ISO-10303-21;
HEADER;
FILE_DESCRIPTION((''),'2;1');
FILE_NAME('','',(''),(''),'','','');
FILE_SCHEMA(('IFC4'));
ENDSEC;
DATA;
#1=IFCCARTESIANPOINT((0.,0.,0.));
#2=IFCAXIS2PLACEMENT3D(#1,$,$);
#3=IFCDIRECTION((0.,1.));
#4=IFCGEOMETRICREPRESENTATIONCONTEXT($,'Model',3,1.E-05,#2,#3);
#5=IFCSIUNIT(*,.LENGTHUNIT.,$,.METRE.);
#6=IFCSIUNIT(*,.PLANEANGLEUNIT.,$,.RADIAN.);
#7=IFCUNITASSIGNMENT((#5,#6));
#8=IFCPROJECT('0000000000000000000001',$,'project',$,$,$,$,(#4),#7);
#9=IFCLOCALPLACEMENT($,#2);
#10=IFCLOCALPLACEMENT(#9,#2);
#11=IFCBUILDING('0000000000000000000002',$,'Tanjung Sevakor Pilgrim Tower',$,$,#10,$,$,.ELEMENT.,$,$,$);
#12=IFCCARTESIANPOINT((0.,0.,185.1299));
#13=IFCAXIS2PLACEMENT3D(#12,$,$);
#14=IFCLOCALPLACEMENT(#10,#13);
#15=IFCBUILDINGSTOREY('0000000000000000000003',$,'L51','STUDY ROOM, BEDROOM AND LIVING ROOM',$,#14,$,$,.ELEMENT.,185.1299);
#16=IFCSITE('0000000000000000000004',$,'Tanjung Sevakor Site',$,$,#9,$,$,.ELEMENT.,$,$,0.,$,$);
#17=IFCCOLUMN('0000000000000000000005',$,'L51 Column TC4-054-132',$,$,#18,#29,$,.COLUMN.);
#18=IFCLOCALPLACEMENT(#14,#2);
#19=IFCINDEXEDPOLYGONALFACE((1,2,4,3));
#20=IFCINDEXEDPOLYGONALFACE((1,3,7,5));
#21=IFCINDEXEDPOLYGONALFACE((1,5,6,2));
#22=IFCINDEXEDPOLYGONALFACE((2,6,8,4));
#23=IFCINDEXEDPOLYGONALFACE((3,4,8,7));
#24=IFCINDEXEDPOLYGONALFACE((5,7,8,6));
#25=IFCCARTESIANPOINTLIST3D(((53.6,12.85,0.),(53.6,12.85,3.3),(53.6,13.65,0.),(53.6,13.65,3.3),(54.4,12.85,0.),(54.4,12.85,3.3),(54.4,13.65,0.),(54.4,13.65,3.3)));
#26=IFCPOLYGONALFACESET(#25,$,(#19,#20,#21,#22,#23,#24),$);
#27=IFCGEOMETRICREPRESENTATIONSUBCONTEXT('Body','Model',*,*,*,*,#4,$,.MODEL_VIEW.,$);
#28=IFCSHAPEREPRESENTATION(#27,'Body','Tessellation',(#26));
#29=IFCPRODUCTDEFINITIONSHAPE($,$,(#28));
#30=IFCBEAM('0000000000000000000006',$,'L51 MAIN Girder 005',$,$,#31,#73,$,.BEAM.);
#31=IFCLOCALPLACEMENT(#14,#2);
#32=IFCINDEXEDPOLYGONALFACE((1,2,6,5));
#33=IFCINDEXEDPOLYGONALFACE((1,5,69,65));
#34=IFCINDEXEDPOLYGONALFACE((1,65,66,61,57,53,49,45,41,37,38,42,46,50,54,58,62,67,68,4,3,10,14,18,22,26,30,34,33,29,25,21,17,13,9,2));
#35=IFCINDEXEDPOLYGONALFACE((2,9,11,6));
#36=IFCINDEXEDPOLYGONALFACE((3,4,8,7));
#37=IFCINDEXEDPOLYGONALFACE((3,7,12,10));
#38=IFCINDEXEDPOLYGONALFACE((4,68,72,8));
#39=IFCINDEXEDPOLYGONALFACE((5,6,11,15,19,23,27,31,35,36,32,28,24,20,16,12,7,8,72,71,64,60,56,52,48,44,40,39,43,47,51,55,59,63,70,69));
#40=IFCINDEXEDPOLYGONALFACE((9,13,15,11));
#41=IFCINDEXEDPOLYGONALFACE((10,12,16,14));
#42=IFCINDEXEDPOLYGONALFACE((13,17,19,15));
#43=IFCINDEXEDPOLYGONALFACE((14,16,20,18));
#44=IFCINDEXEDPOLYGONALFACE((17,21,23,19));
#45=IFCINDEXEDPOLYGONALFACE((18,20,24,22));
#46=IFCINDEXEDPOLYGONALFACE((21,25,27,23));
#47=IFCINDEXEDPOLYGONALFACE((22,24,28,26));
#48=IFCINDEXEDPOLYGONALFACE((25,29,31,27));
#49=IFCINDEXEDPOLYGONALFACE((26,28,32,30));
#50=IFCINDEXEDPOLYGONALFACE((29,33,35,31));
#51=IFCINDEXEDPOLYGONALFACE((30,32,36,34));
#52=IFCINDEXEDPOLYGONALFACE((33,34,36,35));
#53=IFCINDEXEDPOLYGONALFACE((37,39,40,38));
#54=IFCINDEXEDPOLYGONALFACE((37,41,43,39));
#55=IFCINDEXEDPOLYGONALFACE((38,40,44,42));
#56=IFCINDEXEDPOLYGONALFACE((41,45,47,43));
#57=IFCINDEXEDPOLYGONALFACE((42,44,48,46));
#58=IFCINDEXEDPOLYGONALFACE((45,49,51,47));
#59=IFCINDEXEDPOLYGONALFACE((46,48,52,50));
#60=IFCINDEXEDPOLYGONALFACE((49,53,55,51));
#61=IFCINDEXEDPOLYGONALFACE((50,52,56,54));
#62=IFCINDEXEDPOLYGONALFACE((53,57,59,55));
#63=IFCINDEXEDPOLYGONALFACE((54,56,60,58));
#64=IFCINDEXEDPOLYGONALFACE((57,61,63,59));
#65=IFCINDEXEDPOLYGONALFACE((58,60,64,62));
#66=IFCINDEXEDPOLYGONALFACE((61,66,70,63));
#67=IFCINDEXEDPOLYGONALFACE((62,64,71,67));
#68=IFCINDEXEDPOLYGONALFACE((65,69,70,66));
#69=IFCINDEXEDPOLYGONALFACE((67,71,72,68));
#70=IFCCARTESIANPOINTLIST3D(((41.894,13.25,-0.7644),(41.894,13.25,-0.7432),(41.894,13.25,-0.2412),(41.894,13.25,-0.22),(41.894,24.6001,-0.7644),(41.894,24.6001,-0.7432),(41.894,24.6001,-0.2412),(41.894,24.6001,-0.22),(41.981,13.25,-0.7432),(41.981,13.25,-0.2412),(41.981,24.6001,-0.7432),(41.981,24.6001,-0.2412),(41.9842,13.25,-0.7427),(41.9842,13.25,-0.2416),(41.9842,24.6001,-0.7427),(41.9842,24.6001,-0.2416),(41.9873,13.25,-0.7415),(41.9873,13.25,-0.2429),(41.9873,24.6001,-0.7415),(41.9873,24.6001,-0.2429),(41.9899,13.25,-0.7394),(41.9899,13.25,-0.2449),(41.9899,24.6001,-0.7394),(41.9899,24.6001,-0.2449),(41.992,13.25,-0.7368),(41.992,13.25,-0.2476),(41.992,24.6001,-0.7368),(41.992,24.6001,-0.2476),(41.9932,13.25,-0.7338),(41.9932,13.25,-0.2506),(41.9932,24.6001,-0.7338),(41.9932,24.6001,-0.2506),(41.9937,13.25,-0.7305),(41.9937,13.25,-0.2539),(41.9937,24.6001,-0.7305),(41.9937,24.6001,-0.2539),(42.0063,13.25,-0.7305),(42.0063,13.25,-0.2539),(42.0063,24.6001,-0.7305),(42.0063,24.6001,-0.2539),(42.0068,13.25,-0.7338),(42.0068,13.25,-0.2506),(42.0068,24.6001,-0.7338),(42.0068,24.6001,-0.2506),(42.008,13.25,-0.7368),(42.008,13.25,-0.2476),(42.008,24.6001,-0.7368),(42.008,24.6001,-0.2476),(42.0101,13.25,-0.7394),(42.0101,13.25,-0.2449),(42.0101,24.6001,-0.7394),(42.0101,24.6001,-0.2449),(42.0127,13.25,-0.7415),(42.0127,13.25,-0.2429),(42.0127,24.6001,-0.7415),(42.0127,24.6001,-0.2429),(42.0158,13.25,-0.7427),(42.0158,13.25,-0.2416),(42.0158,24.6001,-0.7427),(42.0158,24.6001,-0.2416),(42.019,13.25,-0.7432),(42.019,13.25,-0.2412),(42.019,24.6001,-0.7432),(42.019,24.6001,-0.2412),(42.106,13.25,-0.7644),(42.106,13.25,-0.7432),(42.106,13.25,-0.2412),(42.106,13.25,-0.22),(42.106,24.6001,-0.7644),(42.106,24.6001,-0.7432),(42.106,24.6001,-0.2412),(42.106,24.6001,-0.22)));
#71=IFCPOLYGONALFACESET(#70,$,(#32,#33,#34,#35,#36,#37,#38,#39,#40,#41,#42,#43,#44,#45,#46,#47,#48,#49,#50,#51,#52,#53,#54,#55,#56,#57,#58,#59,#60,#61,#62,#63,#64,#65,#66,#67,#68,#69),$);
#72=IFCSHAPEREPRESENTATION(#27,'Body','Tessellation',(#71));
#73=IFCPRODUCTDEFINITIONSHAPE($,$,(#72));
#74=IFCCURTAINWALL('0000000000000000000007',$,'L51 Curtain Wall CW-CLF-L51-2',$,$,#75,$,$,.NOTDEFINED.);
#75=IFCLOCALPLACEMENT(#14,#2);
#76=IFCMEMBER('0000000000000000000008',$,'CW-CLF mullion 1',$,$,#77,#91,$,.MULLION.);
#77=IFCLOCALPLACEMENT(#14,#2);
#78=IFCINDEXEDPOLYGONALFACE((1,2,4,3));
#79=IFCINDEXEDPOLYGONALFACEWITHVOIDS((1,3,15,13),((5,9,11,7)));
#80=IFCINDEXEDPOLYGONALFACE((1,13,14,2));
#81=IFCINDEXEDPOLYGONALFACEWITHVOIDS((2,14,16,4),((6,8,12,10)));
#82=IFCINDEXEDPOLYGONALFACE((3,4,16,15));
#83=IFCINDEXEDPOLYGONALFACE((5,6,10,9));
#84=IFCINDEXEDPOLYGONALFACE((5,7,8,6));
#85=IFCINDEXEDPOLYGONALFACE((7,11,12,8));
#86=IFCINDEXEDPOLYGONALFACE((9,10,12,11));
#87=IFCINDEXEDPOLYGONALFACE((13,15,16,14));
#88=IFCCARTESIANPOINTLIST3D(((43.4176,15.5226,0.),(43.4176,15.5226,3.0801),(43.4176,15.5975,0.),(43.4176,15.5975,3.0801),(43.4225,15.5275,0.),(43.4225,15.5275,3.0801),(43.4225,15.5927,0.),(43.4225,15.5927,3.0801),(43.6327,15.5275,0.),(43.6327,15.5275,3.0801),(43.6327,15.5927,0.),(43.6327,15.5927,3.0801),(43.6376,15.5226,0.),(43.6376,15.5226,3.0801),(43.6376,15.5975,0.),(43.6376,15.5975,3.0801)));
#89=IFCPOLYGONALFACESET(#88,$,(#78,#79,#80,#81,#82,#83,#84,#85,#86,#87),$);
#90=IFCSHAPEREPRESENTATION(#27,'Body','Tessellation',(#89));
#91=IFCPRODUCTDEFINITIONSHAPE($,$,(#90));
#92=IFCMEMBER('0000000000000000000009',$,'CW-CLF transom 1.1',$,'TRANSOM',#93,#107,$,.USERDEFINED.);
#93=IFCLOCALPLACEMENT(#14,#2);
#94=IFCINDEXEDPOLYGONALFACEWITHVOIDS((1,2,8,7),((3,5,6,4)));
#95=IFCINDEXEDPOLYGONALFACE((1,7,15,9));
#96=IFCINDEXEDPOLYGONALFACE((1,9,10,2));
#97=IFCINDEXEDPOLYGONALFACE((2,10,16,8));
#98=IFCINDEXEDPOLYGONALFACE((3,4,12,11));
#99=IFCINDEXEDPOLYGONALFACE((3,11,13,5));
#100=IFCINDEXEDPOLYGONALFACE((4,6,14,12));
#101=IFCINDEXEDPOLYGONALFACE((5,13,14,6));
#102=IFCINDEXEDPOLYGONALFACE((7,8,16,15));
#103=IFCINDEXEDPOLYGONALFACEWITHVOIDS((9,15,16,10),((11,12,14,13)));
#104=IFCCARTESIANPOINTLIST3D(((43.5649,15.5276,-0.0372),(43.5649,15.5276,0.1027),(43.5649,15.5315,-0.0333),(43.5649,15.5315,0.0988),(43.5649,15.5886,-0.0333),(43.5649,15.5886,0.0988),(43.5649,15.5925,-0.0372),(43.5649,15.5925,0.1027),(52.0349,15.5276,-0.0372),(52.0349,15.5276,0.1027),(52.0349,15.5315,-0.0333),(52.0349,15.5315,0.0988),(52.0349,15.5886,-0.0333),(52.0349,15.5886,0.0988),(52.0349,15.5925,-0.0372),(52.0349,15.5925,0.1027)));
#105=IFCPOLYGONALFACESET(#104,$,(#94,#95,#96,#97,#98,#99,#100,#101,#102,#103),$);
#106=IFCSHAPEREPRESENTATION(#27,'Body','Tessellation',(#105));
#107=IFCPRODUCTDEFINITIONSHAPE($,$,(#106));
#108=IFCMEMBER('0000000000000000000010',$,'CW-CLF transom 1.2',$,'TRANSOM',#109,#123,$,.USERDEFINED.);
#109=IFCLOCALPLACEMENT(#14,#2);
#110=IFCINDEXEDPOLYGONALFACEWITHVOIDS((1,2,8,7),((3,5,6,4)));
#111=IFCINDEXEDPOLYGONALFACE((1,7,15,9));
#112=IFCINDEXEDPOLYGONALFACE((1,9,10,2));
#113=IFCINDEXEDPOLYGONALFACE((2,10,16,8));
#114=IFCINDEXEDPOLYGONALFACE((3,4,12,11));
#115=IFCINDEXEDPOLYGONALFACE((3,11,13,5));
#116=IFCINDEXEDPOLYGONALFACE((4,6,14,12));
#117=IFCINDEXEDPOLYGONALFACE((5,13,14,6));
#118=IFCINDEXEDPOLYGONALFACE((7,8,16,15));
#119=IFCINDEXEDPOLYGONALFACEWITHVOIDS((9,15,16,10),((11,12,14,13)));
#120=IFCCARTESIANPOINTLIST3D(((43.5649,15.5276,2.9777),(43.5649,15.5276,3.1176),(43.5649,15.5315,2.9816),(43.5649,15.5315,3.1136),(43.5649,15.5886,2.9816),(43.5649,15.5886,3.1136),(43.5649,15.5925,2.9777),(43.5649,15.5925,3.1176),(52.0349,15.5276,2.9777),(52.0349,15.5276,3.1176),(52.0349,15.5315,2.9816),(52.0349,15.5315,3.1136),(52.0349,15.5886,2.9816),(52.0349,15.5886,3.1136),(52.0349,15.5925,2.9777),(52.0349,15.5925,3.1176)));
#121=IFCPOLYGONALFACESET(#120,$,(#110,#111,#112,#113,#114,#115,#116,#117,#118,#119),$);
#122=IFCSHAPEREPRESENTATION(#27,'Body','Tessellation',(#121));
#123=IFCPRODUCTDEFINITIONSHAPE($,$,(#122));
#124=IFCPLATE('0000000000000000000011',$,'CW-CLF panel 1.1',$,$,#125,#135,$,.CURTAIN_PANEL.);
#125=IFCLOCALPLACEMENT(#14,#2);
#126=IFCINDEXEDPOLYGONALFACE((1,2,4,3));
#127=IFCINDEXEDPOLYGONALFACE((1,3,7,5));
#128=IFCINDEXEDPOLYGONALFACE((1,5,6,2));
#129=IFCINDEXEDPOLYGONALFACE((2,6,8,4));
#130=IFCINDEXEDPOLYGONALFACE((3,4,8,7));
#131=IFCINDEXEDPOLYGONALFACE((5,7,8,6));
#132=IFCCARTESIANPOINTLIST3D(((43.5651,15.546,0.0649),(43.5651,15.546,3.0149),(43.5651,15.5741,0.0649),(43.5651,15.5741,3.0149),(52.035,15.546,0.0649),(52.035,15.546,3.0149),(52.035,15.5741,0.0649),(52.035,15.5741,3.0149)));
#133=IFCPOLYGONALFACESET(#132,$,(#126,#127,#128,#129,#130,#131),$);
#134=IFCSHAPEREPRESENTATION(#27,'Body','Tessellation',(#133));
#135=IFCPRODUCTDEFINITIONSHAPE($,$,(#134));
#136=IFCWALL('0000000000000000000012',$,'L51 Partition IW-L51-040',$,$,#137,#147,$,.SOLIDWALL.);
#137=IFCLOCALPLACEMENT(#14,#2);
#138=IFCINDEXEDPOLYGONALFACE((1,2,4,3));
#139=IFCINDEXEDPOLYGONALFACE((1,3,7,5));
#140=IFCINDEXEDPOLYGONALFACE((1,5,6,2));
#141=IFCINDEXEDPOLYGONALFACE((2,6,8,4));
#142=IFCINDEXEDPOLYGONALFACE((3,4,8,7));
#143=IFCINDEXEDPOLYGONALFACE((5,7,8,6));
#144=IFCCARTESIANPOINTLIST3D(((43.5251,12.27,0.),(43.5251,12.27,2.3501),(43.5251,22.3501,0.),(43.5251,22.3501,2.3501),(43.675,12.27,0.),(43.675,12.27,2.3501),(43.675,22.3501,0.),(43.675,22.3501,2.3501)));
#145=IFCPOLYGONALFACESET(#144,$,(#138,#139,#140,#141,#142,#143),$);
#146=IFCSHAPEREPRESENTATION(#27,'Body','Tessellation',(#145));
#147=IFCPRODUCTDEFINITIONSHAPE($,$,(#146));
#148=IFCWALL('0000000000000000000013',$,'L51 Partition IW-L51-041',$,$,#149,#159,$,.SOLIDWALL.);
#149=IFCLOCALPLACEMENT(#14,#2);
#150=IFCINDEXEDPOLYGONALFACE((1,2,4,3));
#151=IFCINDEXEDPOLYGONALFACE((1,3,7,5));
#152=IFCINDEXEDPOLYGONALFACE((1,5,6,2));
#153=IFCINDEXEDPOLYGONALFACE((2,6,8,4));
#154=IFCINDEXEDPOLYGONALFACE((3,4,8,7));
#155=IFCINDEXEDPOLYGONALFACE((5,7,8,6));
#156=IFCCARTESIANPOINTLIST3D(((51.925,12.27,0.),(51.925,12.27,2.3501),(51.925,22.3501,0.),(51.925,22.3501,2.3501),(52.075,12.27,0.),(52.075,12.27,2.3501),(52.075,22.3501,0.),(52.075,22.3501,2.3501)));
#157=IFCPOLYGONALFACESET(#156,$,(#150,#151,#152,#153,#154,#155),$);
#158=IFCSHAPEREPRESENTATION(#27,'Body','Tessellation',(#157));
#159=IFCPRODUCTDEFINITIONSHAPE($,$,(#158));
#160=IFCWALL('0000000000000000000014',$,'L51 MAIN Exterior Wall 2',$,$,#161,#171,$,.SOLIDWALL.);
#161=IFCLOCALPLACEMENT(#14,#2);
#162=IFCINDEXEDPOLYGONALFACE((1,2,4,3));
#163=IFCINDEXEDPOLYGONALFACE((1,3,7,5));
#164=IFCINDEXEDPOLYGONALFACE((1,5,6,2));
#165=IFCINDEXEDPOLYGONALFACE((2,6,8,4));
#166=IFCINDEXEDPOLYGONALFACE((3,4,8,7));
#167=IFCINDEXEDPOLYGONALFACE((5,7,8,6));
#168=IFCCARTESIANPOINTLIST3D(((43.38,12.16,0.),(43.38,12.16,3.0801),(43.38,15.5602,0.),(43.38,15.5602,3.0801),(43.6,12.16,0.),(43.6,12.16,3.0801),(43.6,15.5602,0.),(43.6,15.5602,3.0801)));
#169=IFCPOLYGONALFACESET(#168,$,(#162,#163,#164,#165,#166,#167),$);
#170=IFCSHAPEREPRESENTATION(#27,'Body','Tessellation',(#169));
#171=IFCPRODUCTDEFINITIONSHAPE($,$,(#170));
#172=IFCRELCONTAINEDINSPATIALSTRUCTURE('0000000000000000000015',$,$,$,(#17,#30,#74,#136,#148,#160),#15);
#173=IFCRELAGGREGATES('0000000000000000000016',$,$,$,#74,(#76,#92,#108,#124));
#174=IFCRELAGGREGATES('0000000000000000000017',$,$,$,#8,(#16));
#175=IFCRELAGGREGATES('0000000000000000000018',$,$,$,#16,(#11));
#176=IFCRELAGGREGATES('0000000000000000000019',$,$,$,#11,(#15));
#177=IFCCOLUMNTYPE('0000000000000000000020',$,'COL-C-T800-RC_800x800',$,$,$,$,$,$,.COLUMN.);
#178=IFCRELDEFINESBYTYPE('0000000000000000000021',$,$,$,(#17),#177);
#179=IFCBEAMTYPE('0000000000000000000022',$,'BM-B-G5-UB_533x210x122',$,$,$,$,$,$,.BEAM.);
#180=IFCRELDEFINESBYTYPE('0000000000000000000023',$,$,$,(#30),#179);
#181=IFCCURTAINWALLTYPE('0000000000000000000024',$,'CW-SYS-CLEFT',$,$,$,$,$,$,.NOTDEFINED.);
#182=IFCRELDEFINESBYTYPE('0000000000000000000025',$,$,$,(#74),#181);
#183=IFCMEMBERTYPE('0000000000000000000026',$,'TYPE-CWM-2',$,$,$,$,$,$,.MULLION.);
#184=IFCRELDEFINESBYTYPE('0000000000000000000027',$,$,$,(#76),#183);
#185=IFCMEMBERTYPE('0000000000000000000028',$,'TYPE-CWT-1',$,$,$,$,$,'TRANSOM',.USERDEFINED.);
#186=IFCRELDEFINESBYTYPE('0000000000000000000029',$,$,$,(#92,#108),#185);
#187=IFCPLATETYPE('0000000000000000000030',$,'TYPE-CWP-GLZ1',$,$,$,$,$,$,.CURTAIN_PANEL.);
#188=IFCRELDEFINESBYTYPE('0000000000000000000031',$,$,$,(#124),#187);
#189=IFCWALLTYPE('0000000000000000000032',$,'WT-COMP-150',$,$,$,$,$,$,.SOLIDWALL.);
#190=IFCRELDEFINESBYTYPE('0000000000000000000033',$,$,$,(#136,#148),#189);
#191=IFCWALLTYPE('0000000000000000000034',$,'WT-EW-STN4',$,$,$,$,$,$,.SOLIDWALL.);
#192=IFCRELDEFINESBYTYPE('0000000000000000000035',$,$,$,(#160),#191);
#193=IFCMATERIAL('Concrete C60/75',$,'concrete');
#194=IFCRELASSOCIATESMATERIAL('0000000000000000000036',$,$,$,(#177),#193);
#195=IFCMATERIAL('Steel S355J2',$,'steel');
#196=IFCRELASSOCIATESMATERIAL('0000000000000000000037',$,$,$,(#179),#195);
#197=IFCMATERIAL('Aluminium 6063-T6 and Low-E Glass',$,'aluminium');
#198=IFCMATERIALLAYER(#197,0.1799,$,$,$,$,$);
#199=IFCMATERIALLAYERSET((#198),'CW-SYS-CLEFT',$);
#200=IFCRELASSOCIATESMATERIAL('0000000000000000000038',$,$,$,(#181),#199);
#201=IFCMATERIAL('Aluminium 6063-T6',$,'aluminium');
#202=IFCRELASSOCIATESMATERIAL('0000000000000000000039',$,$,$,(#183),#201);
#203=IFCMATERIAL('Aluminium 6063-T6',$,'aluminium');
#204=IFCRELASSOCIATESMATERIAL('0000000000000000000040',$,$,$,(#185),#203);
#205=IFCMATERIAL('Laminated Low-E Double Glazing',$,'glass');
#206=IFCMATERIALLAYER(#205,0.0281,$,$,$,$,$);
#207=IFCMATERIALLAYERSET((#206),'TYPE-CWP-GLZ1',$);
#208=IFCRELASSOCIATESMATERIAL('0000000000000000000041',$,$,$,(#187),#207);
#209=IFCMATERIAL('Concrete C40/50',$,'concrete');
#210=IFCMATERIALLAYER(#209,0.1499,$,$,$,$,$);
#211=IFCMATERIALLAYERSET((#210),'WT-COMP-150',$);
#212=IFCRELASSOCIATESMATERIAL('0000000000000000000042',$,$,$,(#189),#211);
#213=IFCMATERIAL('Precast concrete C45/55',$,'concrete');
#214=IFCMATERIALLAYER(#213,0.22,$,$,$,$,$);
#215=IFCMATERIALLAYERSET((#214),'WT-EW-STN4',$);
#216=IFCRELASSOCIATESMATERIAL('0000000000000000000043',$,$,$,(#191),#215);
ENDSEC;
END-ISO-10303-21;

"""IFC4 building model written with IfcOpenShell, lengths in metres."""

from ifc_helpers import new_model, si_unit, direction, frame, frame_2d, origin, origin_2d, place, context, subcontext, project, spatial, rectangle, hollow_rectangle, i_section, extrude, material, layer, layer_set, material_profile, profile_set, type_object, element, aggregate, save


model = new_model("IFC4")

# Units and contexts
model_context = context("Model", 3, precision=1e-05, world=origin(), true_north=direction((0.0, 1.0)))
body_context = subcontext(model_context, "Body", "Model", "MODEL_VIEW")
ifc_project = project(units=[si_unit("LENGTHUNIT", "METRE"), si_unit("PLANEANGLEUNIT", "RADIAN")], contexts=[model_context])

# Site, building, storey
site_placement = place(None, origin())
site = spatial("IfcSite", under=ifc_project, at=site_placement, Name="Tanjung Sevakor Site", CompositionType="ELEMENT", RefElevation=0.0)
building_placement = place(site_placement, origin())
building = spatial("IfcBuilding", under=site, at=building_placement, Name="Tanjung Sevakor Pilgrim Tower", CompositionType="ELEMENT")
storey_placement = place(building_placement, frame((0.0, 0.0, 185.1299)))
storey = spatial("IfcBuildingStorey", under=building, at=storey_placement, Name="L51", Description="STUDY ROOM, BEDROOM AND LIVING ROOM", CompositionType="ELEMENT", Elevation=185.1299)

# Column
ifc_material_1 = material(Name="Concrete C60/75", Category="concrete")
ifc_material_profile_1 = material_profile(ifc_material_1, rectangle(XDim=0.8, YDim=0.8, at=origin_2d()))
ifc_profile_set_1 = profile_set([ifc_material_profile_1], Name="Concrete C60/75")
column_type = type_object("IfcColumnType", Name="COL-C-T800-RC_800x800", PredefinedType="COLUMN", material=ifc_profile_set_1)
column_placement = place(storey_placement, frame((54.0, 13.25, 0.0), z_axis=(0.0, 0.0, 1.0), x_axis=(1.0, 0.0, 0.0)))
element("IfcColumn", 1, at=column_placement, inside=storey, type_object=column_type, Name="L51 Column TC4-054-132", PredefinedType="COLUMN", context=body_context, shape_type="SweptSolid", body=[
    extrude(rectangle(XDim=0.8, YDim=0.8, at=origin_2d()), origin(), (0.0, 0.0, 1.0), 3.3),
])

# Beam
ifc_material_2 = material(Name="Steel S355J2", Category="steel")
ifc_material_profile_2 = material_profile(ifc_material_2, i_section(OverallWidth=0.2119, OverallDepth=0.5444, WebThickness=0.0127, FlangeThickness=0.0212, FilletRadius=0.0127, at=origin_2d()))
ifc_profile_set_2 = profile_set([ifc_material_profile_2], Name="Steel S355J2")
beam_type = type_object("IfcBeamType", Name="BM-B-G5-UB_533x210x122", PredefinedType="BEAM", material=ifc_profile_set_2)
beam_placement = place(storey_placement, frame((42.0, 13.25, -0.4922), z_axis=(0.0, 1.0, 0.0), x_axis=(-1.0, 0.0, 0.0)))
element("IfcBeam", 2, at=beam_placement, inside=storey, type_object=beam_type, Name="L51 MAIN Girder 005", PredefinedType="BEAM", context=body_context, shape_type="SweptSolid", body=[
    extrude(i_section(OverallWidth=0.2119, OverallDepth=0.5444, WebThickness=0.0127, FlangeThickness=0.0212, FilletRadius=0.0127, at=origin_2d()), origin(), (0.0, 0.0, 1.0), 11.3501),
])

# Curtain wall, members, plate
ifc_material_3 = material(Name="Aluminium 6063-T6 and Low-E Glass", Category="aluminium")
ifc_layer_1 = layer(ifc_material_3, 0.1799)
ifc_layer_set_1 = layer_set([ifc_layer_1], Name="CW-SYS-CLEFT")
curtain_wall_type = type_object("IfcCurtainWallType", Name="CW-SYS-CLEFT", PredefinedType="NOTDEFINED", material=ifc_layer_set_1)
curtain_wall_placement = place(storey_placement, origin())
curtain_wall = element("IfcCurtainWall", 3, at=curtain_wall_placement, inside=storey, type_object=curtain_wall_type, Name="L51 Curtain Wall CW-CLF-L51-2", PredefinedType="NOTDEFINED")
ifc_material_4 = material(Name="Aluminium 6063-T6", Category="aluminium")
ifc_material_profile_3 = material_profile(ifc_material_4, hollow_rectangle(XDim=0.075, YDim=0.22, WallThickness=0.0049, at=origin_2d()))
ifc_profile_set_3 = profile_set([ifc_material_profile_3], Name="Aluminium 6063-T6")
member_type_1 = type_object("IfcMemberType", Name="TYPE-CWM-2", PredefinedType="MULLION", material=ifc_profile_set_3)
member_1_placement = place(storey_placement, frame((43.5276, 15.5601, 0.0), z_axis=(0.0, 0.0, 1.0), x_axis=(0.0, 1.0, 0.0)))
member_1 = element("IfcMember", 4, at=member_1_placement, type_object=member_type_1, Name="CW-CLF mullion 1", PredefinedType="MULLION", context=body_context, shape_type="SweptSolid", body=[
    extrude(hollow_rectangle(XDim=0.075, YDim=0.22, WallThickness=0.0049, at=origin_2d()), origin(), (0.0, 0.0, 1.0), 3.0801),
])
ifc_material_5 = material(Name="Aluminium 6063-T6", Category="aluminium")
ifc_material_profile_4 = material_profile(ifc_material_5, hollow_rectangle(XDim=0.0649, YDim=0.1399, WallThickness=0.0039, at=origin_2d()))
ifc_profile_set_4 = profile_set([ifc_material_profile_4], Name="Aluminium 6063-T6")
member_type_2 = type_object("IfcMemberType", Name="TYPE-CWT-1", ElementType="TRANSOM", PredefinedType="USERDEFINED", material=ifc_profile_set_4)
member_2_placement = place(storey_placement, frame((43.5649, 15.5601, 0.0327), z_axis=(1.0, 0.0, 0.0), x_axis=(0.0, 1.0, 0.0)))
member_2 = element("IfcMember", 5, at=member_2_placement, type_object=member_type_2, Name="CW-CLF transom 1.1", ObjectType="TRANSOM", PredefinedType="USERDEFINED", context=body_context, shape_type="SweptSolid", body=[
    extrude(hollow_rectangle(XDim=0.0649, YDim=0.1399, WallThickness=0.0039, at=origin_2d()), origin(), (0.0, 0.0, 1.0), 8.47),
])
member_3_placement = place(storey_placement, frame((43.5649, 15.5601, 3.0476), z_axis=(1.0, 0.0, 0.0), x_axis=(0.0, 1.0, 0.0)))
member_3 = element("IfcMember", 6, at=member_3_placement, type_object=member_type_2, Name="CW-CLF transom 1.2", ObjectType="TRANSOM", PredefinedType="USERDEFINED", context=body_context, shape_type="SweptSolid", body=[
    extrude(hollow_rectangle(XDim=0.0649, YDim=0.1399, WallThickness=0.0039, at=origin_2d()), origin(), (0.0, 0.0, 1.0), 8.47),
])
ifc_material_6 = material(Name="Laminated Low-E Double Glazing", Category="glass")
ifc_layer_2 = layer(ifc_material_6, 0.0281)
ifc_layer_set_2 = layer_set([ifc_layer_2], Name="TYPE-CWP-GLZ1")
plate_type = type_object("IfcPlateType", Name="TYPE-CWP-GLZ1", PredefinedType="CURTAIN_PANEL", material=ifc_layer_set_2)
plate_placement = place(storey_placement, frame((47.8, 15.5601, 0.0649), z_axis=(0.0, 0.0, 1.0), x_axis=(1.0, 0.0, 0.0)))
plate = element("IfcPlate", 7, at=plate_placement, type_object=plate_type, Name="CW-CLF panel 1.1", PredefinedType="CURTAIN_PANEL", context=body_context, shape_type="SweptSolid", body=[
    extrude(rectangle(XDim=8.47, YDim=0.0281, at=origin_2d()), origin(), (0.0, 0.0, 1.0), 2.95),
])
aggregate(curtain_wall, [member_1, member_2, member_3, plate])

# Walls
ifc_material_7 = material(Name="Concrete C40/50", Category="concrete")
ifc_layer_3 = layer(ifc_material_7, 0.1499)
ifc_layer_set_3 = layer_set([ifc_layer_3], Name="WT-COMP-150")
wall_type_1 = type_object("IfcWallType", Name="WT-COMP-150", PredefinedType="SOLIDWALL", material=ifc_layer_set_3)
for number, where, z_axis, x_axis, name in (
    (8, (43.6001, 12.27, 0.0), (0.0, 0.0, 1.0), (0.0, 1.0, 0.0), "L51 Partition IW-L51-040"),
    (9, (52.0, 12.27, 0.0), (0.0, 0.0, 1.0), (0.0, 1.0, 0.0), "L51 Partition IW-L51-041"),
):
    element("IfcWall", number, at=place(storey_placement, frame(where, z_axis=z_axis, x_axis=x_axis)), inside=storey, type_object=wall_type_1, Name=name, PredefinedType="SOLIDWALL", context=body_context, shape_type="SweptSolid", body=[
        extrude(rectangle(XDim=10.0801, YDim=0.1499, at=frame_2d((5.04, 0.0))), origin(), (0.0, 0.0, 1.0), 2.3501),
    ])
ifc_material_8 = material(Name="Precast concrete C45/55", Category="concrete")
ifc_layer_4 = layer(ifc_material_8, 0.22)
ifc_layer_set_4 = layer_set([ifc_layer_4], Name="WT-EW-STN4")
wall_type_2 = type_object("IfcWallType", Name="WT-EW-STN4", PredefinedType="SOLIDWALL", material=ifc_layer_set_4)
wall_1_placement = place(storey_placement, frame((43.49, 12.1599, 0.0), z_axis=(0.0, 0.0, 1.0), x_axis=(0.0, 1.0, 0.0)))
element("IfcWall", 10, at=wall_1_placement, inside=storey, type_object=wall_type_2, Name="L51 MAIN Exterior Wall 2", PredefinedType="SOLIDWALL", context=body_context, shape_type="SweptSolid", body=[
    extrude(rectangle(XDim=3.4001, YDim=0.22, at=frame_2d((1.7002, 0.0))), origin(), (0.0, 0.0, 1.0), 3.0801),
])

save(model, "model.ifc")
